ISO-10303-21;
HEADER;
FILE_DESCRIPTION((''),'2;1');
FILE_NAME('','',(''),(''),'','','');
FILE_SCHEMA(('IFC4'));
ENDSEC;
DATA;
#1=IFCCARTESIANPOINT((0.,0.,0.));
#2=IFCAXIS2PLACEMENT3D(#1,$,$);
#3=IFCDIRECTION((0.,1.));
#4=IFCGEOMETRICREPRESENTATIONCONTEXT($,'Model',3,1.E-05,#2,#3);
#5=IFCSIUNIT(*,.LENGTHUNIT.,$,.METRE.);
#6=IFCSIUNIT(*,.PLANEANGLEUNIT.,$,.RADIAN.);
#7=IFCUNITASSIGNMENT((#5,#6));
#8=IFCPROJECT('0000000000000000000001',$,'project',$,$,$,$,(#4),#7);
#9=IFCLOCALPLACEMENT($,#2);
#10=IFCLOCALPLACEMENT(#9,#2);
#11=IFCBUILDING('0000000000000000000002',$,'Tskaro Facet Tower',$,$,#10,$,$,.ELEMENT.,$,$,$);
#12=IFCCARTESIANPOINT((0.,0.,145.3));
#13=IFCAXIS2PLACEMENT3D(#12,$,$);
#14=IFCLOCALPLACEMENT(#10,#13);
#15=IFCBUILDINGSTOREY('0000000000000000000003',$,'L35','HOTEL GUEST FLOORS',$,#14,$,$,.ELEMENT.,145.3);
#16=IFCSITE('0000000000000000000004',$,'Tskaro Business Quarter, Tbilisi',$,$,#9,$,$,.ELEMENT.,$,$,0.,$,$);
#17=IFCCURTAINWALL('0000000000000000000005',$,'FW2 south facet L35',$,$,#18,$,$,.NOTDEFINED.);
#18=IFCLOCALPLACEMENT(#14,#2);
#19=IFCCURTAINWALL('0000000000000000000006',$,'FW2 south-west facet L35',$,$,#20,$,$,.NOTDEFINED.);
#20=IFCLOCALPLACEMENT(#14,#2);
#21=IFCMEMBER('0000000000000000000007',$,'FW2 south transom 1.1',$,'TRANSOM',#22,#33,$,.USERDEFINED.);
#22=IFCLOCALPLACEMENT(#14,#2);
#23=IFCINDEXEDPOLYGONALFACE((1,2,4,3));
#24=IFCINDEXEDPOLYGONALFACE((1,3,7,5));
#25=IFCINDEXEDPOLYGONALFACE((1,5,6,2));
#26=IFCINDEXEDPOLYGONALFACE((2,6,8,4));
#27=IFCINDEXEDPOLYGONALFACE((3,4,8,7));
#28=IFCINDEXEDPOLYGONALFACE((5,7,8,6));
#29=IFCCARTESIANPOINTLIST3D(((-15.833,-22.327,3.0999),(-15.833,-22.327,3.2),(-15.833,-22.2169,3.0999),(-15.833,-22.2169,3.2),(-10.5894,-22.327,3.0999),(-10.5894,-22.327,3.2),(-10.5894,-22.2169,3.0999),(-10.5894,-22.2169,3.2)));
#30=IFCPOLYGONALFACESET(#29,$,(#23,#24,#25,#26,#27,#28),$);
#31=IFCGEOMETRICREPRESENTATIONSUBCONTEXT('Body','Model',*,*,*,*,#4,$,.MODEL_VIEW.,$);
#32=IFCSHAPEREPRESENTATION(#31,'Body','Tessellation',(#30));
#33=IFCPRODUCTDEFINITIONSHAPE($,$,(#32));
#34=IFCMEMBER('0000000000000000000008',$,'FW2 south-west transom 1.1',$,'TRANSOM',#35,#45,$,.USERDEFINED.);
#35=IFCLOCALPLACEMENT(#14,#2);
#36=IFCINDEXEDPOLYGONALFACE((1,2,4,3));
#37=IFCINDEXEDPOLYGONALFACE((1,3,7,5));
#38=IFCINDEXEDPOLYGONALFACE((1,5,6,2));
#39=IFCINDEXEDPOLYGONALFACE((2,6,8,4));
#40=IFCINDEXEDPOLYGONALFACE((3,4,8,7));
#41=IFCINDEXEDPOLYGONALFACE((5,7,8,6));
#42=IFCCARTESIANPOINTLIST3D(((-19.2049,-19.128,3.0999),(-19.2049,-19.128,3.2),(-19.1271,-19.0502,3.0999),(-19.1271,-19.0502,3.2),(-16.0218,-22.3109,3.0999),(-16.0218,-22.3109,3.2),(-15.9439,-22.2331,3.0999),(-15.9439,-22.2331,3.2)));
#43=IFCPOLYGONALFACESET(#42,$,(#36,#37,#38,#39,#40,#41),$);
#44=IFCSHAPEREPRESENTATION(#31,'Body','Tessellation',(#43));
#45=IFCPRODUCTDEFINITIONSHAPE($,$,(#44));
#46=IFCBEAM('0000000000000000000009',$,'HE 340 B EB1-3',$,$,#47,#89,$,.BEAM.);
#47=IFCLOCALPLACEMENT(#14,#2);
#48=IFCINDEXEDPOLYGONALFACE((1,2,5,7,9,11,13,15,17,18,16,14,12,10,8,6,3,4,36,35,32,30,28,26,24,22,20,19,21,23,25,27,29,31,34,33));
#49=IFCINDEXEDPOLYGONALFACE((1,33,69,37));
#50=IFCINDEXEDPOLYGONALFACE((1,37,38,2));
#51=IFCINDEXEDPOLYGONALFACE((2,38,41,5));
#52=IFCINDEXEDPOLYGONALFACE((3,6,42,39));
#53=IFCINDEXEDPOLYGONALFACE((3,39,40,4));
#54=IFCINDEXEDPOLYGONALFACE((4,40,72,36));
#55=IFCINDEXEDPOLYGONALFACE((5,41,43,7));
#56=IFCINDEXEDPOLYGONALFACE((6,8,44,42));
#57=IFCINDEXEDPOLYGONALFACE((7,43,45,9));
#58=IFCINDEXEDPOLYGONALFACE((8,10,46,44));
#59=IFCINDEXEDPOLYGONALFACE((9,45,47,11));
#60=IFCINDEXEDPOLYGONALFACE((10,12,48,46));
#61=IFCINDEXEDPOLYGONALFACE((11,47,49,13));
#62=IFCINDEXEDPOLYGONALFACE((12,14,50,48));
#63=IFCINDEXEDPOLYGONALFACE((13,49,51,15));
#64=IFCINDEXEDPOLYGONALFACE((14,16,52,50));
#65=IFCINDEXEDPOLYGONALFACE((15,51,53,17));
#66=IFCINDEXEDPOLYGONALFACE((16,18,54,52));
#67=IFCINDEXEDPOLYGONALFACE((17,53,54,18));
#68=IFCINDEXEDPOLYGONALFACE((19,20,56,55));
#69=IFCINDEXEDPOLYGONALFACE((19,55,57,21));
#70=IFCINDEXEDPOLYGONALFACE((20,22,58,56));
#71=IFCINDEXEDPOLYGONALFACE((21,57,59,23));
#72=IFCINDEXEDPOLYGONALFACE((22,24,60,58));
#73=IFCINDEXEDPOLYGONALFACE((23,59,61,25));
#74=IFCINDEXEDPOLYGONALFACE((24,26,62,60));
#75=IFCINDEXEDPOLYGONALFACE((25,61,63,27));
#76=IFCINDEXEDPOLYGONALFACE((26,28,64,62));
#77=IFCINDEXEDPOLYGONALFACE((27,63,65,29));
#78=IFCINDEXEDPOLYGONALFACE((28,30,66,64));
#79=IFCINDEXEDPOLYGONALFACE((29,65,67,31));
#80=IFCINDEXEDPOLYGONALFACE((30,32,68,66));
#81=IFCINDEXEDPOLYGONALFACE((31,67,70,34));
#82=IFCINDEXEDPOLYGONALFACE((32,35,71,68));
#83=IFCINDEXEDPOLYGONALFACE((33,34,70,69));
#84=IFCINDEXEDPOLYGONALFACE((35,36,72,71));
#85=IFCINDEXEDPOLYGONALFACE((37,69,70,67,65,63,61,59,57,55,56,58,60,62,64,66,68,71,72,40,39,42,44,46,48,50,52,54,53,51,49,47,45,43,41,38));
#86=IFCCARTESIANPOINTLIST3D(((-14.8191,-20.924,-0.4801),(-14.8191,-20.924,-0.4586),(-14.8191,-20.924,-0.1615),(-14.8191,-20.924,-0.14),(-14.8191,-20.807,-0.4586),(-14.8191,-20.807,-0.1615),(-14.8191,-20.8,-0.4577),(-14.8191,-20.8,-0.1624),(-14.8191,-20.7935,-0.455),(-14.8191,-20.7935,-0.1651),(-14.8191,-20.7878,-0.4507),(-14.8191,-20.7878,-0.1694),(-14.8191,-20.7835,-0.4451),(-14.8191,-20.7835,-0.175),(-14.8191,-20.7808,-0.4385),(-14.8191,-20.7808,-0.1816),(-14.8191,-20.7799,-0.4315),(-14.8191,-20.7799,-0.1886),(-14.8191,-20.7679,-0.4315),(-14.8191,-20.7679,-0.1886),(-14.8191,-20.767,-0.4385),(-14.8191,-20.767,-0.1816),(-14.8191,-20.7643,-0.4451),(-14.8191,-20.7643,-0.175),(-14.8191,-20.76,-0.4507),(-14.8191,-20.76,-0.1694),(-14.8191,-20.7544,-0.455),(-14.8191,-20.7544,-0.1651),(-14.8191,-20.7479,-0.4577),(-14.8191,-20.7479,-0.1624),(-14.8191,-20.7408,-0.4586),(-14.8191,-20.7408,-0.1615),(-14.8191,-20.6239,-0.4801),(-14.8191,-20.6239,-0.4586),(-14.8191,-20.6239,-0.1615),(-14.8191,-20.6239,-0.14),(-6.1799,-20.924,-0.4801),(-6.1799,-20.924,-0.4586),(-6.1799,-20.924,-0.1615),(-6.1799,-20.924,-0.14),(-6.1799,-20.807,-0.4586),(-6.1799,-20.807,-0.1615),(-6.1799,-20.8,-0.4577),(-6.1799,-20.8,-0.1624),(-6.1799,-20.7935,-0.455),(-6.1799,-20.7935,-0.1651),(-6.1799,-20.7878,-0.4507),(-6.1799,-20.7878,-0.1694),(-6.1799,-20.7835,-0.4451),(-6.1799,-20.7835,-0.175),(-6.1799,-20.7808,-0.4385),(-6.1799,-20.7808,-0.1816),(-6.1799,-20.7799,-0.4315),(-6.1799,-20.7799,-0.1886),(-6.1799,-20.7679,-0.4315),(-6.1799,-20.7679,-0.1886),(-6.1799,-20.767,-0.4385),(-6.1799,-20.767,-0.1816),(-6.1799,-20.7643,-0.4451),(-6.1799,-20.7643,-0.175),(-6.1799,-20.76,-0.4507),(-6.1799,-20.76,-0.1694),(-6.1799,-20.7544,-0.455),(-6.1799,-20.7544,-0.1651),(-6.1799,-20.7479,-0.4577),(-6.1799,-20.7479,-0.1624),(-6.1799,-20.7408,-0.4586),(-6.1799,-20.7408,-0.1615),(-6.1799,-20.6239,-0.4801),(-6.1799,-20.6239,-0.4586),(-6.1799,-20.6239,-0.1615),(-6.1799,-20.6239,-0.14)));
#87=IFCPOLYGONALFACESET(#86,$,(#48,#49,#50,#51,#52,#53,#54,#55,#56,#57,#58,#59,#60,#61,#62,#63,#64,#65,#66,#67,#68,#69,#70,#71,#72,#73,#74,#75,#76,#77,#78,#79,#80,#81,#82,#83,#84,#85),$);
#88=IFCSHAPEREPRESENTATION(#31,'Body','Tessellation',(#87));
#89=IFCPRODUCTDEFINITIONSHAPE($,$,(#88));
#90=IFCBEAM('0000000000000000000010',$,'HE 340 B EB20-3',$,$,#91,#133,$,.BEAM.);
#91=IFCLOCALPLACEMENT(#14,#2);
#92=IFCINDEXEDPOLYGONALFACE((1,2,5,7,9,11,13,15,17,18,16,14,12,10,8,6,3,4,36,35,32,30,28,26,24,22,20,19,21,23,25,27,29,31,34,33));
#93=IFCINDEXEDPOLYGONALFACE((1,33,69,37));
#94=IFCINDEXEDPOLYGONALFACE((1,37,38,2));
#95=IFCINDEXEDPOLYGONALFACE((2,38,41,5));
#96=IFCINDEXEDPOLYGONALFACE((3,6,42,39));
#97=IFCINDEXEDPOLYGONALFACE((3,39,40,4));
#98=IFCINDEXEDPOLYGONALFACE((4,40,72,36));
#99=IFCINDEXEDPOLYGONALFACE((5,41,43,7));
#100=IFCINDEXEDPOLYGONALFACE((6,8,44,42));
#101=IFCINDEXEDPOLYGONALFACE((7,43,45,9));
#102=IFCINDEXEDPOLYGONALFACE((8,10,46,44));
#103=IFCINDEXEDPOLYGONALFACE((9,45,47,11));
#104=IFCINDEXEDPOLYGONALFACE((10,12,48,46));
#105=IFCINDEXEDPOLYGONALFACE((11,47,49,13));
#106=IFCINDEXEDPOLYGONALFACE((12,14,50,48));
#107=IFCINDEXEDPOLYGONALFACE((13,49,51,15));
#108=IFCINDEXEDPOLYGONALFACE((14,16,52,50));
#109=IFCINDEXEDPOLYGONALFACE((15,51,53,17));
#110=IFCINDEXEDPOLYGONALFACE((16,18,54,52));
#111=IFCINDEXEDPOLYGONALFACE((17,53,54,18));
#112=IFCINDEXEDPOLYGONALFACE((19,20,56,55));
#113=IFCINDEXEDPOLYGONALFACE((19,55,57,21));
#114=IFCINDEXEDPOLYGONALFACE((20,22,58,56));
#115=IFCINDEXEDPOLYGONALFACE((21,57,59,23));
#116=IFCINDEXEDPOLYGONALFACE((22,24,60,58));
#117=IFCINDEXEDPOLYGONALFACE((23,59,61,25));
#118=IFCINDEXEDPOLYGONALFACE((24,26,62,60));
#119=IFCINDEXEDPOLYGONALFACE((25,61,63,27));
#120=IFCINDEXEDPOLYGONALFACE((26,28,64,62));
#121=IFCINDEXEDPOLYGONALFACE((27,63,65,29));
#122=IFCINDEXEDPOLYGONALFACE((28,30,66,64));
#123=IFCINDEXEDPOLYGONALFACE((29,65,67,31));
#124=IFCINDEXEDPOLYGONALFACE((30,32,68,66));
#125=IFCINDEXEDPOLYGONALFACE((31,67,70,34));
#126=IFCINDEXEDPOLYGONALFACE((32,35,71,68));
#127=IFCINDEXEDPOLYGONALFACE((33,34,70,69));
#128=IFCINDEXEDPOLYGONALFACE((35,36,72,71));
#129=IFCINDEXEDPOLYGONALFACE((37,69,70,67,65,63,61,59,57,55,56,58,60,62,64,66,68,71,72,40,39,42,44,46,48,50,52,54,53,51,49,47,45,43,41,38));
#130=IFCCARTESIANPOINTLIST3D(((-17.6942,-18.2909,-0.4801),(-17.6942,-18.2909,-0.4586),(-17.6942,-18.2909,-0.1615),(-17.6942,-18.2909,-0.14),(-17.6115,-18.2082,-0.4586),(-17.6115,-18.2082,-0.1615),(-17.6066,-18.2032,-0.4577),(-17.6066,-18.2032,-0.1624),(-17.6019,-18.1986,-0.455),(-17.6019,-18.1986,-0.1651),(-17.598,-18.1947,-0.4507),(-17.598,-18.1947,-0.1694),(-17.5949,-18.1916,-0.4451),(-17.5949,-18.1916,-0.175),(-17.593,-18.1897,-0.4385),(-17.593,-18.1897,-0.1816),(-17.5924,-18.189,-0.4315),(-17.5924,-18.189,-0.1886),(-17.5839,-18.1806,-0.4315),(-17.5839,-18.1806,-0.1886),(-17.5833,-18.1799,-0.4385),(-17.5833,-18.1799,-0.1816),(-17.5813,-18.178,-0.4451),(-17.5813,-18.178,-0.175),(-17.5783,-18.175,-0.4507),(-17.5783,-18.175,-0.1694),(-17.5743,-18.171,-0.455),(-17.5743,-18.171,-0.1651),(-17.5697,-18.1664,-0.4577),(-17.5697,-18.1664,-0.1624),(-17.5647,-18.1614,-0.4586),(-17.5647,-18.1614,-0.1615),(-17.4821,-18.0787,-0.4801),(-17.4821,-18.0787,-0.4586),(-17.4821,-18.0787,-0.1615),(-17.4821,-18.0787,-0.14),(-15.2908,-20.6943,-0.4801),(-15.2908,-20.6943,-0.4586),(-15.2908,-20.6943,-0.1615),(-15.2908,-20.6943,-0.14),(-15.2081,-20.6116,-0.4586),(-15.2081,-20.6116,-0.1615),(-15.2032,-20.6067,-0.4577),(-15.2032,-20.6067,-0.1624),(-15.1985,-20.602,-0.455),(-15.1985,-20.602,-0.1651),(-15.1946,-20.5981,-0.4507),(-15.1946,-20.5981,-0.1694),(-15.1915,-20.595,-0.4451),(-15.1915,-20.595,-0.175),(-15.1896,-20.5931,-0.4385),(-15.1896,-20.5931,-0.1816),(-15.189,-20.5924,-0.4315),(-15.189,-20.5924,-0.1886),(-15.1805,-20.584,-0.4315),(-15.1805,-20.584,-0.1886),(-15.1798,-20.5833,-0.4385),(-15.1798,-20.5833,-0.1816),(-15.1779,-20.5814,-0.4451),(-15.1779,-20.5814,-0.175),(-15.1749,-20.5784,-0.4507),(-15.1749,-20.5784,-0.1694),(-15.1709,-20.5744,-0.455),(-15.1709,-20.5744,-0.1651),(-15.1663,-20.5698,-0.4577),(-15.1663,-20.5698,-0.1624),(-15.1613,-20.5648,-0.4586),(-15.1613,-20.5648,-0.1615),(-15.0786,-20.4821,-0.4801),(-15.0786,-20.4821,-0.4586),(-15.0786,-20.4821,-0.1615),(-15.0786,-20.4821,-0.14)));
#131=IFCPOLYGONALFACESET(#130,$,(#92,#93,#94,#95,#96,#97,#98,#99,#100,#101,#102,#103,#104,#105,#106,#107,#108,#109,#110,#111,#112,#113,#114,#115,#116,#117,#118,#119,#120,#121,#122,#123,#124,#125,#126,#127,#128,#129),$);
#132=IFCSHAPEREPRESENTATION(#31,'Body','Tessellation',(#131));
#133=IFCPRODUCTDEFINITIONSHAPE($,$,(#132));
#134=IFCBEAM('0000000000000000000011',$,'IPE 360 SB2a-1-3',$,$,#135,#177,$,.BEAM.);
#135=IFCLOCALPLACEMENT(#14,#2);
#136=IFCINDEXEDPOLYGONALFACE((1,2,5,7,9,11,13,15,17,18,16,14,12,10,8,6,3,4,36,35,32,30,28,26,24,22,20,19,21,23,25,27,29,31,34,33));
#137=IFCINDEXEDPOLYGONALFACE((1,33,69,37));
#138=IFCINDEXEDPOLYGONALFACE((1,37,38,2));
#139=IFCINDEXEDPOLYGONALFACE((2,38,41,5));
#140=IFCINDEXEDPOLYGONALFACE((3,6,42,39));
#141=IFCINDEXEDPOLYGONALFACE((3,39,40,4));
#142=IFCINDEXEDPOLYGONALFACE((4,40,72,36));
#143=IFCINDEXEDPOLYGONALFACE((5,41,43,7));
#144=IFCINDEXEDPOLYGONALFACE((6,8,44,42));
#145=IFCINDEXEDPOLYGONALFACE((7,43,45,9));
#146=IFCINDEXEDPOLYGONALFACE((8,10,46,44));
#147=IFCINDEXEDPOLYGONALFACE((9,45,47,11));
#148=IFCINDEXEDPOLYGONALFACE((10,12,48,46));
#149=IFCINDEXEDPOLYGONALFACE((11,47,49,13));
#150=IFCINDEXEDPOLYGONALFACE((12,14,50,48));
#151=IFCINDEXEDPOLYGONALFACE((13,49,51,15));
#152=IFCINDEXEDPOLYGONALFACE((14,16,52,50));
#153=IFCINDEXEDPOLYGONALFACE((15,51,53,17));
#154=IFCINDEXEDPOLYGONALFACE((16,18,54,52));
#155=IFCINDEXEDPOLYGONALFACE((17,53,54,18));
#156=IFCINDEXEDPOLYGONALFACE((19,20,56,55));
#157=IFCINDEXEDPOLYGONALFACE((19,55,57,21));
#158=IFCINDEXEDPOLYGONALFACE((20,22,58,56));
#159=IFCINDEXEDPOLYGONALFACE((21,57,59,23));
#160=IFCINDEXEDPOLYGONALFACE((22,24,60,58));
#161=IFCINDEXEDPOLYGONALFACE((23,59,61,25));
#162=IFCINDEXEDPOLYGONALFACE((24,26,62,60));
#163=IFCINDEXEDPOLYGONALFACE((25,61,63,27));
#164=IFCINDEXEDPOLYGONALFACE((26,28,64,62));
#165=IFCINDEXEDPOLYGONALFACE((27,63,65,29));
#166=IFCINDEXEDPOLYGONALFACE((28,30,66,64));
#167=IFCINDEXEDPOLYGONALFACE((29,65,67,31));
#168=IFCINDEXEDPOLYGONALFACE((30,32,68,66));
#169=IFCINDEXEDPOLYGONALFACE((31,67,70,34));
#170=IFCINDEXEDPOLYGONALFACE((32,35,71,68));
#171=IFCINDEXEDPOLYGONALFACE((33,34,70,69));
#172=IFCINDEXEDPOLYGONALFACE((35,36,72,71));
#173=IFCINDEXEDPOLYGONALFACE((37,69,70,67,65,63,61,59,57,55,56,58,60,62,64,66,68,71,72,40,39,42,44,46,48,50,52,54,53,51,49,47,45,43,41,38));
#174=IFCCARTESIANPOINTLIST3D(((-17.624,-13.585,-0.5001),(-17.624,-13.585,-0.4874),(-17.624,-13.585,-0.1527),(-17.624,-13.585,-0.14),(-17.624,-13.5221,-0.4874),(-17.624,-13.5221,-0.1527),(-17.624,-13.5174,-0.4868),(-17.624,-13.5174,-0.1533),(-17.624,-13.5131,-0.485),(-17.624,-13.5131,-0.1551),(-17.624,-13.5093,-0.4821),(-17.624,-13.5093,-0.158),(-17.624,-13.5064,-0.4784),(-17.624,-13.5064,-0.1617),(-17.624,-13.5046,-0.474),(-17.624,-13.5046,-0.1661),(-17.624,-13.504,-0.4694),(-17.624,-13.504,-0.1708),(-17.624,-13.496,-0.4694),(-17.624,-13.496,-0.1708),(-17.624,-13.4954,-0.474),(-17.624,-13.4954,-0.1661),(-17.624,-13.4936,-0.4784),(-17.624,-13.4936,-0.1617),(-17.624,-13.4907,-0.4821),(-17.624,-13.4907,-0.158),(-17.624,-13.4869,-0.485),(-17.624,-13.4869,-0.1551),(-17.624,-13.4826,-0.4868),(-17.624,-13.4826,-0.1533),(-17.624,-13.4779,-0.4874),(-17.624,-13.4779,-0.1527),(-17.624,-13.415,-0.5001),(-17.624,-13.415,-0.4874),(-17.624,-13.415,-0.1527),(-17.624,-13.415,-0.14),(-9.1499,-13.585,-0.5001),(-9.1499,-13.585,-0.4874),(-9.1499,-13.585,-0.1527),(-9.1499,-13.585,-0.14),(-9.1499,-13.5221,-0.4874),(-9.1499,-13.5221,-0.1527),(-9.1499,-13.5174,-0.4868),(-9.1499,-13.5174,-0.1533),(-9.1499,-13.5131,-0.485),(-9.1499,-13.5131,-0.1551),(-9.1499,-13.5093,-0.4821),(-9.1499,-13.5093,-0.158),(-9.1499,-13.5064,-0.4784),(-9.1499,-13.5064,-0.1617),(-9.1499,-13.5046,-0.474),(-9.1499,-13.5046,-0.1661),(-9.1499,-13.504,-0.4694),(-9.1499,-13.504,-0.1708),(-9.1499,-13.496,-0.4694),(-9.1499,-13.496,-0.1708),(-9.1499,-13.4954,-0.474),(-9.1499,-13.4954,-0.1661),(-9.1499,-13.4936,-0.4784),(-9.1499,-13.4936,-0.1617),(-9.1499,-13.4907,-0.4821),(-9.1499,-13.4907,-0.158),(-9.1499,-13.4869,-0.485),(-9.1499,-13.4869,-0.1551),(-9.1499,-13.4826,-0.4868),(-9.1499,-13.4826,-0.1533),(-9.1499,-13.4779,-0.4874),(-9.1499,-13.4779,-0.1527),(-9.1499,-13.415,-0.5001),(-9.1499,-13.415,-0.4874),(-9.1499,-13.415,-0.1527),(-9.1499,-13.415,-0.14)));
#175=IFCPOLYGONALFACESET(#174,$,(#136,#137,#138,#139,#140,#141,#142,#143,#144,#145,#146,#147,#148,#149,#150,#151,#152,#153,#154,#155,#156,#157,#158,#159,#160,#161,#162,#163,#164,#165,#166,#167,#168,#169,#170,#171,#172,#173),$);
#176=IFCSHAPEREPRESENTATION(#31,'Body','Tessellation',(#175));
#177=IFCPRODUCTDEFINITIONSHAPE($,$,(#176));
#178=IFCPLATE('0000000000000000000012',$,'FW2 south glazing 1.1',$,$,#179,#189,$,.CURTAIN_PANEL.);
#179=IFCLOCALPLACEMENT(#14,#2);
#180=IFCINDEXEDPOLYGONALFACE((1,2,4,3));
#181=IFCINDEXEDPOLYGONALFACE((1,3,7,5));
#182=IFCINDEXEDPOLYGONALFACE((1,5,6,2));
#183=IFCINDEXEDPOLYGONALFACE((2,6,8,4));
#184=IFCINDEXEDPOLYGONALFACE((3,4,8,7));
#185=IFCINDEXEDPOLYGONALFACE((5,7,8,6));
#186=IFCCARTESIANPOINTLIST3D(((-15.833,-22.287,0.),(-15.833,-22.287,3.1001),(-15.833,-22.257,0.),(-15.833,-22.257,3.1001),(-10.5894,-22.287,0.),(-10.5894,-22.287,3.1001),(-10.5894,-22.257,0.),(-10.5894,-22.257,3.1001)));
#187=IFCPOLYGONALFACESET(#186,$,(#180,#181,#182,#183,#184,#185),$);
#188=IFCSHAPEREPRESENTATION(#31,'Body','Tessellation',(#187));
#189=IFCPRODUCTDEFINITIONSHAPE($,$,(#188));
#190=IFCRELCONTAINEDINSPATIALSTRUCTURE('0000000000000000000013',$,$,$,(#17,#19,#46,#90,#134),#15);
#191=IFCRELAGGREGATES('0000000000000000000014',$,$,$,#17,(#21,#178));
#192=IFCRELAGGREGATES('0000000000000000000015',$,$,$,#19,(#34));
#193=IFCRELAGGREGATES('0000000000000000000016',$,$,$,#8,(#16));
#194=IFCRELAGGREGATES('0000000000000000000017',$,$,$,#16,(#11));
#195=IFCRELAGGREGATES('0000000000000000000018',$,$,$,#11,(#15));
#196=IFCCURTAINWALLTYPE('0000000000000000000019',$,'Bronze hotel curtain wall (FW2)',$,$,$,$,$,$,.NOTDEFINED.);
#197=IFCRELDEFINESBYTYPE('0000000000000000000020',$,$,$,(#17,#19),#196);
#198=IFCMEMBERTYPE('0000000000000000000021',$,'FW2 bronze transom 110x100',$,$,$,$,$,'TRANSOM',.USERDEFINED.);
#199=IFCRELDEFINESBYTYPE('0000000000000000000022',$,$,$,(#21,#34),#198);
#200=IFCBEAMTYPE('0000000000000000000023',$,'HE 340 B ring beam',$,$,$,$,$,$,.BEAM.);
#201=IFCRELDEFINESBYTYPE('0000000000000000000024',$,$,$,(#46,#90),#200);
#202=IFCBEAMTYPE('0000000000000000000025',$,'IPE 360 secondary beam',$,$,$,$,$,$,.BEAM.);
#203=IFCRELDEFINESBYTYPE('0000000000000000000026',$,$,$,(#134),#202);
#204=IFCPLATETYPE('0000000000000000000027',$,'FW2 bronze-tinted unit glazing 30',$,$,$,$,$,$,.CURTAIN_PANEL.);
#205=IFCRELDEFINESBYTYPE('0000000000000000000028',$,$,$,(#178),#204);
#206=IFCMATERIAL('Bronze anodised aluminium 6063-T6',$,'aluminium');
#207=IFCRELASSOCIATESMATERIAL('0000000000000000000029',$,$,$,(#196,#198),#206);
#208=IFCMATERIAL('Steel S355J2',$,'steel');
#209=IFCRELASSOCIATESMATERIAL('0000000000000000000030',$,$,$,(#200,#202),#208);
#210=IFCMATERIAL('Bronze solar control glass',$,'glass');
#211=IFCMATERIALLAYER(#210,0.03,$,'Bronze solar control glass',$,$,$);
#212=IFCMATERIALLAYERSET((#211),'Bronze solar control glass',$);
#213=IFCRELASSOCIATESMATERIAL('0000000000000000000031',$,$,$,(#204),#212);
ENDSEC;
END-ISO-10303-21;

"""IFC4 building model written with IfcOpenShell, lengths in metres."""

from ifc_helpers import new_model, si_unit, direction, frame, origin, origin_2d, place, context, subcontext, project, spatial, rectangle, i_section, extrude, material, layer, layer_set, material_profile, profile_set, type_object, element, aggregate, save


model = new_model("IFC4")

# Units and contexts
model_context = context("Model", 3, precision=1e-05, world=origin(), true_north=direction((0.0, 1.0)))
body_context = subcontext(model_context, "Body", "Model", "MODEL_VIEW")
ifc_project = project(units=[si_unit("LENGTHUNIT", "METRE"), si_unit("PLANEANGLEUNIT", "RADIAN")], contexts=[model_context])

# Site, building, storey
site_placement = place(None, origin())
site = spatial("IfcSite", under=ifc_project, at=site_placement, Name="Tskaro Business Quarter, Tbilisi", CompositionType="ELEMENT", RefElevation=0.0)
building_placement = place(site_placement, origin())
building = spatial("IfcBuilding", under=site, at=building_placement, Name="Tskaro Facet Tower", CompositionType="ELEMENT")
storey_placement = place(building_placement, frame((0.0, 0.0, 145.3)))
storey = spatial("IfcBuildingStorey", under=building, at=storey_placement, Name="L35", Description="HOTEL GUEST FLOORS", CompositionType="ELEMENT", Elevation=145.3)

# Curtain walls
ifc_material_1 = material(Name="Bronze anodised aluminium 6063-T6", Category="aluminium")
curtain_wall_type = type_object("IfcCurtainWallType", Name="Bronze hotel curtain wall (FW2)", PredefinedType="NOTDEFINED", material=ifc_material_1)
curtain_wall_1_placement = place(storey_placement, origin())
curtain_wall_1 = element("IfcCurtainWall", 1, at=curtain_wall_1_placement, inside=storey, type_object=curtain_wall_type, Name="FW2 south facet L35", PredefinedType="NOTDEFINED")
curtain_wall_2_placement = place(storey_placement, origin())
curtain_wall_2 = element("IfcCurtainWall", 2, at=curtain_wall_2_placement, inside=storey, type_object=curtain_wall_type, Name="FW2 south-west facet L35", PredefinedType="NOTDEFINED")

# Members
ifc_material_profile_1 = material_profile(ifc_material_1, rectangle(XDim=0.1101, YDim=0.1001, at=origin_2d()), Name="Transom 110x100")
ifc_profile_set_1 = profile_set([ifc_material_profile_1], Name="Bronze anodised aluminium 6063-T6")
member_type_1 = type_object("IfcMemberType", Name="FW2 bronze transom 110x100", ElementType="TRANSOM", PredefinedType="USERDEFINED", material=ifc_profile_set_1)
member_1_placement = place(storey_placement, frame((-15.833, -22.272, 3.1499), z_axis=(1.0, 0.0, 0.0), x_axis=(0.0, 1.0, 0.0)))
member_1 = element("IfcMember", 3, at=member_1_placement, type_object=member_type_1, Name="FW2 south transom 1.1", ObjectType="TRANSOM", PredefinedType="USERDEFINED", context=body_context, shape_type="SweptSolid", body=[
    extrude(rectangle(XDim=0.1101, YDim=0.1001, at=origin_2d()), origin(), (0.0, 0.0, 1.0), 5.2437),
])
member_2_placement = place(storey_placement, frame((-19.166, -19.0891, 3.1499), z_axis=(0.707134, -0.70708, 0.0), x_axis=(0.70708, 0.707134, 0.0)))
member_2 = element("IfcMember", 4, at=member_2_placement, type_object=member_type_1, Name="FW2 south-west transom 1.1", ObjectType="TRANSOM", PredefinedType="USERDEFINED", context=body_context, shape_type="SweptSolid", body=[
    extrude(rectangle(XDim=0.1101, YDim=0.1001, at=origin_2d()), origin(), (0.0, 0.0, 1.0), 4.5015),
])

# Beams
ifc_material_2 = material(Name="Steel S355J2", Category="steel")
ifc_material_profile_2 = material_profile(ifc_material_2, i_section(OverallWidth=0.3, OverallDepth=0.3401, WebThickness=0.012, FlangeThickness=0.0215, FilletRadius=0.0271, at=origin_2d()), Name="HE 340 B")
ifc_profile_set_2 = profile_set([ifc_material_profile_2], Name="Steel S355J2")
beam_type_1 = type_object("IfcBeamType", Name="HE 340 B ring beam", PredefinedType="BEAM", material=ifc_profile_set_2)
beam_1_placement = place(storey_placement, frame((-14.8191, -20.7739, -0.3101), z_axis=(1.0, 0.0, 0.0), x_axis=(0.0, 1.0, 0.0)))
element("IfcBeam", 5, at=beam_1_placement, inside=storey, type_object=beam_type_1, Name="HE 340 B EB1-3", PredefinedType="BEAM", context=body_context, shape_type="SweptSolid", body=[
    extrude(i_section(OverallWidth=0.3, OverallDepth=0.3401, WebThickness=0.012, FlangeThickness=0.0215, FilletRadius=0.0271, at=origin_2d()), origin(), (0.0, 0.0, 1.0), 8.6392),
])
beam_2_placement = place(storey_placement, frame((-17.5881, -18.1848, -0.3101), z_axis=(0.707107, -0.707107, 0.0), x_axis=(0.707107, 0.707107, 0.0)))
element("IfcBeam", 6, at=beam_2_placement, inside=storey, type_object=beam_type_1, Name="HE 340 B EB20-3", PredefinedType="BEAM", context=body_context, shape_type="SweptSolid", body=[
    extrude(i_section(OverallWidth=0.3, OverallDepth=0.3401, WebThickness=0.012, FlangeThickness=0.0215, FilletRadius=0.0271, at=origin_2d()), origin(), (0.0, 0.0, 1.0), 3.3989),
])
ifc_material_profile_3 = material_profile(ifc_material_2, i_section(OverallWidth=0.1699, OverallDepth=0.3601, WebThickness=0.0081, FlangeThickness=0.0127, FilletRadius=0.0181, at=origin_2d()), Name="IPE 360")
ifc_profile_set_3 = profile_set([ifc_material_profile_3], Name="Steel S355J2")
beam_type_2 = type_object("IfcBeamType", Name="IPE 360 secondary beam", PredefinedType="BEAM", material=ifc_profile_set_3)
beam_3_placement = place(storey_placement, frame((-17.624, -13.5, -0.3201), z_axis=(1.0, 0.0, 0.0), x_axis=(0.0, 1.0, 0.0)))
element("IfcBeam", 7, at=beam_3_placement, inside=storey, type_object=beam_type_2, Name="IPE 360 SB2a-1-3", PredefinedType="BEAM", context=body_context, shape_type="SweptSolid", body=[
    extrude(i_section(OverallWidth=0.1699, OverallDepth=0.3601, WebThickness=0.0081, FlangeThickness=0.0127, FilletRadius=0.0181, at=origin_2d()), origin(), (0.0, 0.0, 1.0), 8.4741),
])

# Plate
ifc_material_3 = material(Name="Bronze solar control glass", Category="glass")
ifc_layer_1 = layer(ifc_material_3, 0.03, Name="Bronze solar control glass")
ifc_layer_set_1 = layer_set([ifc_layer_1], Name="Bronze solar control glass")
plate_type = type_object("IfcPlateType", Name="FW2 bronze-tinted unit glazing 30", PredefinedType="CURTAIN_PANEL", material=ifc_layer_set_1)
plate_1_placement = place(storey_placement, frame((-13.2112, -22.272, 0.0), z_axis=(0.0, 0.0, 1.0), x_axis=(1.0, 0.0, 0.0)))
plate_1 = element("IfcPlate", 8, at=plate_1_placement, type_object=plate_type, Name="FW2 south glazing 1.1", PredefinedType="CURTAIN_PANEL", context=body_context, shape_type="SweptSolid", body=[
    extrude(rectangle(XDim=5.2437, YDim=0.03, at=origin_2d()), origin(), (0.0, 0.0, 1.0), 3.1001),
])
aggregate(curtain_wall_1, [member_1, plate_1])

aggregate(curtain_wall_2, [member_2])

save(model, "model.ifc")
